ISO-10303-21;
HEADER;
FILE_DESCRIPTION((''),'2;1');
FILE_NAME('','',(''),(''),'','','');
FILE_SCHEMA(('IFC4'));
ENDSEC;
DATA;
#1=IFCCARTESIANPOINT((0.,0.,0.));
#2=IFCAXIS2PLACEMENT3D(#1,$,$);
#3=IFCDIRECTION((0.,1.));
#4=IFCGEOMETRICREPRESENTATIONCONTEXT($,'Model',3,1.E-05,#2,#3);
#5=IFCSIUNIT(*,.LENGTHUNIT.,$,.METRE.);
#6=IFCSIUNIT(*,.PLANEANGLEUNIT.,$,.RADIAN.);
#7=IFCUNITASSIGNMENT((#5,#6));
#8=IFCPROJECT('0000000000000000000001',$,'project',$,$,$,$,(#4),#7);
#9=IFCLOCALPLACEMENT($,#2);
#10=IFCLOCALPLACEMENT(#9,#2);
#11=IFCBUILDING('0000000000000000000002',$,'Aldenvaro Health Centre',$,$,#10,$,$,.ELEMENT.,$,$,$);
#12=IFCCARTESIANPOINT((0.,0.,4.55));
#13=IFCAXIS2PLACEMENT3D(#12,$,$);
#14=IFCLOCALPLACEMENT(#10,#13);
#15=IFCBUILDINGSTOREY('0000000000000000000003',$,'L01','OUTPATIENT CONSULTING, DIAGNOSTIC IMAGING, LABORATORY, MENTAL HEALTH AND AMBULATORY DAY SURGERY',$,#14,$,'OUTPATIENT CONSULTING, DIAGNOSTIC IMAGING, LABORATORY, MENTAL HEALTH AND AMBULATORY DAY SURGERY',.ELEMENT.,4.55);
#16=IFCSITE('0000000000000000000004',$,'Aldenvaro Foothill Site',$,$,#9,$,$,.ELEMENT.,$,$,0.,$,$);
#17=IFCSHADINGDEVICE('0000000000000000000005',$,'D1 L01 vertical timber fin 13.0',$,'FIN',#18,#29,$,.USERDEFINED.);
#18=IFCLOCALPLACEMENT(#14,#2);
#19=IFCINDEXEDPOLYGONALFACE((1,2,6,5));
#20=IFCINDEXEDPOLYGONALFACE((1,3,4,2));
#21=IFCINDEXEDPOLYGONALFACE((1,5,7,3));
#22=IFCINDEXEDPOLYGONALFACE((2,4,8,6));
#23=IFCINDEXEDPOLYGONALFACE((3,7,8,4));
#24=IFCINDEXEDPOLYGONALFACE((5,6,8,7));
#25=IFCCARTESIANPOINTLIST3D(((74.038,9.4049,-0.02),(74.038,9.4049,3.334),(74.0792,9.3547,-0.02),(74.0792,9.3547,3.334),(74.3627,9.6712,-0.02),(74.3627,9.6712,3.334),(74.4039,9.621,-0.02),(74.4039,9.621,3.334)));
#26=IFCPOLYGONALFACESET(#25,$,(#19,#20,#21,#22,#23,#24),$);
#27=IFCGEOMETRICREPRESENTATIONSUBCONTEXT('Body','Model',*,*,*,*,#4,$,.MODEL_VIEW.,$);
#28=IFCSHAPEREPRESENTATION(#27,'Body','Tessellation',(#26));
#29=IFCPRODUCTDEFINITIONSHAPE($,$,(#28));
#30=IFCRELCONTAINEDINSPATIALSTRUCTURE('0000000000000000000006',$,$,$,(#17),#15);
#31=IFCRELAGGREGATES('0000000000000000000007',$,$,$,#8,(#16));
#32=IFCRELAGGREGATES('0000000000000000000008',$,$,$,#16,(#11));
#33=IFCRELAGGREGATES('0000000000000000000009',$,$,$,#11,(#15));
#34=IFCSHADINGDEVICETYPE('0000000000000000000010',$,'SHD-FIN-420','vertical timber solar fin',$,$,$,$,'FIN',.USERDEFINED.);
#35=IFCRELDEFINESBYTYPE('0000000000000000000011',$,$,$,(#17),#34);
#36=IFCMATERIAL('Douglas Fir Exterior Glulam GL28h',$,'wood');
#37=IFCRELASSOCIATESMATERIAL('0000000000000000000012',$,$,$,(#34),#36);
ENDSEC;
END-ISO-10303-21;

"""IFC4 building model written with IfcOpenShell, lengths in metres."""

from ifc_helpers import new_model, si_unit, direction, frame, origin, origin_2d, place, context, subcontext, project, spatial, rectangle, extrude, material, type_object, element, save


model = new_model("IFC4")

# Units and contexts
model_context = context("Model", 3, precision=1e-05, world=origin(), true_north=direction((0.0, 1.0)))
body_context = subcontext(model_context, "Body", "Model", "MODEL_VIEW")
ifc_project = project(units=[si_unit("LENGTHUNIT", "METRE"), si_unit("PLANEANGLEUNIT", "RADIAN")], contexts=[model_context])

# Site, building, storey
site_placement = place(None, origin())
site = spatial("IfcSite", under=ifc_project, at=site_placement, Name="Aldenvaro Foothill Site", CompositionType="ELEMENT", RefElevation=0.0)
building_placement = place(site_placement, origin())
building = spatial("IfcBuilding", under=site, at=building_placement, Name="Aldenvaro Health Centre", CompositionType="ELEMENT")
storey_placement = place(building_placement, frame((0.0, 0.0, 4.55)))
storey = spatial("IfcBuildingStorey", under=building, at=storey_placement, Name="L01", Description="OUTPATIENT CONSULTING, DIAGNOSTIC IMAGING, LABORATORY, MENTAL HEALTH AND AMBULATORY DAY SURGERY", LongName="OUTPATIENT CONSULTING, DIAGNOSTIC IMAGING, LABORATORY, MENTAL HEALTH AND AMBULATORY DAY SURGERY", CompositionType="ELEMENT", Elevation=4.55)

# Shading device
ifc_material_1 = material(Name="Douglas Fir Exterior Glulam GL28h", Category="wood")
shading_device_type = type_object("IfcShadingDeviceType", Name="SHD-FIN-420", Description="vertical timber solar fin", ElementType="FIN", PredefinedType="USERDEFINED", material=ifc_material_1)
shading_device_placement = place(storey_placement, frame((74.2209, 9.5129, -0.02), z_axis=(0.0, 0.0, 1.0), x_axis=(-0.634169, 0.773195, 0.0)))
element("IfcShadingDevice", 1, at=shading_device_placement, inside=storey, type_object=shading_device_type, Name="D1 L01 vertical timber fin 13.0", ObjectType="FIN", PredefinedType="USERDEFINED", context=body_context, shape_type="SweptSolid", body=[
    extrude(rectangle(XDim=0.0649, YDim=0.4199, at=origin_2d()), origin(), (0.0, 0.0, 1.0), 3.354),
])

save(model, "model.ifc")
